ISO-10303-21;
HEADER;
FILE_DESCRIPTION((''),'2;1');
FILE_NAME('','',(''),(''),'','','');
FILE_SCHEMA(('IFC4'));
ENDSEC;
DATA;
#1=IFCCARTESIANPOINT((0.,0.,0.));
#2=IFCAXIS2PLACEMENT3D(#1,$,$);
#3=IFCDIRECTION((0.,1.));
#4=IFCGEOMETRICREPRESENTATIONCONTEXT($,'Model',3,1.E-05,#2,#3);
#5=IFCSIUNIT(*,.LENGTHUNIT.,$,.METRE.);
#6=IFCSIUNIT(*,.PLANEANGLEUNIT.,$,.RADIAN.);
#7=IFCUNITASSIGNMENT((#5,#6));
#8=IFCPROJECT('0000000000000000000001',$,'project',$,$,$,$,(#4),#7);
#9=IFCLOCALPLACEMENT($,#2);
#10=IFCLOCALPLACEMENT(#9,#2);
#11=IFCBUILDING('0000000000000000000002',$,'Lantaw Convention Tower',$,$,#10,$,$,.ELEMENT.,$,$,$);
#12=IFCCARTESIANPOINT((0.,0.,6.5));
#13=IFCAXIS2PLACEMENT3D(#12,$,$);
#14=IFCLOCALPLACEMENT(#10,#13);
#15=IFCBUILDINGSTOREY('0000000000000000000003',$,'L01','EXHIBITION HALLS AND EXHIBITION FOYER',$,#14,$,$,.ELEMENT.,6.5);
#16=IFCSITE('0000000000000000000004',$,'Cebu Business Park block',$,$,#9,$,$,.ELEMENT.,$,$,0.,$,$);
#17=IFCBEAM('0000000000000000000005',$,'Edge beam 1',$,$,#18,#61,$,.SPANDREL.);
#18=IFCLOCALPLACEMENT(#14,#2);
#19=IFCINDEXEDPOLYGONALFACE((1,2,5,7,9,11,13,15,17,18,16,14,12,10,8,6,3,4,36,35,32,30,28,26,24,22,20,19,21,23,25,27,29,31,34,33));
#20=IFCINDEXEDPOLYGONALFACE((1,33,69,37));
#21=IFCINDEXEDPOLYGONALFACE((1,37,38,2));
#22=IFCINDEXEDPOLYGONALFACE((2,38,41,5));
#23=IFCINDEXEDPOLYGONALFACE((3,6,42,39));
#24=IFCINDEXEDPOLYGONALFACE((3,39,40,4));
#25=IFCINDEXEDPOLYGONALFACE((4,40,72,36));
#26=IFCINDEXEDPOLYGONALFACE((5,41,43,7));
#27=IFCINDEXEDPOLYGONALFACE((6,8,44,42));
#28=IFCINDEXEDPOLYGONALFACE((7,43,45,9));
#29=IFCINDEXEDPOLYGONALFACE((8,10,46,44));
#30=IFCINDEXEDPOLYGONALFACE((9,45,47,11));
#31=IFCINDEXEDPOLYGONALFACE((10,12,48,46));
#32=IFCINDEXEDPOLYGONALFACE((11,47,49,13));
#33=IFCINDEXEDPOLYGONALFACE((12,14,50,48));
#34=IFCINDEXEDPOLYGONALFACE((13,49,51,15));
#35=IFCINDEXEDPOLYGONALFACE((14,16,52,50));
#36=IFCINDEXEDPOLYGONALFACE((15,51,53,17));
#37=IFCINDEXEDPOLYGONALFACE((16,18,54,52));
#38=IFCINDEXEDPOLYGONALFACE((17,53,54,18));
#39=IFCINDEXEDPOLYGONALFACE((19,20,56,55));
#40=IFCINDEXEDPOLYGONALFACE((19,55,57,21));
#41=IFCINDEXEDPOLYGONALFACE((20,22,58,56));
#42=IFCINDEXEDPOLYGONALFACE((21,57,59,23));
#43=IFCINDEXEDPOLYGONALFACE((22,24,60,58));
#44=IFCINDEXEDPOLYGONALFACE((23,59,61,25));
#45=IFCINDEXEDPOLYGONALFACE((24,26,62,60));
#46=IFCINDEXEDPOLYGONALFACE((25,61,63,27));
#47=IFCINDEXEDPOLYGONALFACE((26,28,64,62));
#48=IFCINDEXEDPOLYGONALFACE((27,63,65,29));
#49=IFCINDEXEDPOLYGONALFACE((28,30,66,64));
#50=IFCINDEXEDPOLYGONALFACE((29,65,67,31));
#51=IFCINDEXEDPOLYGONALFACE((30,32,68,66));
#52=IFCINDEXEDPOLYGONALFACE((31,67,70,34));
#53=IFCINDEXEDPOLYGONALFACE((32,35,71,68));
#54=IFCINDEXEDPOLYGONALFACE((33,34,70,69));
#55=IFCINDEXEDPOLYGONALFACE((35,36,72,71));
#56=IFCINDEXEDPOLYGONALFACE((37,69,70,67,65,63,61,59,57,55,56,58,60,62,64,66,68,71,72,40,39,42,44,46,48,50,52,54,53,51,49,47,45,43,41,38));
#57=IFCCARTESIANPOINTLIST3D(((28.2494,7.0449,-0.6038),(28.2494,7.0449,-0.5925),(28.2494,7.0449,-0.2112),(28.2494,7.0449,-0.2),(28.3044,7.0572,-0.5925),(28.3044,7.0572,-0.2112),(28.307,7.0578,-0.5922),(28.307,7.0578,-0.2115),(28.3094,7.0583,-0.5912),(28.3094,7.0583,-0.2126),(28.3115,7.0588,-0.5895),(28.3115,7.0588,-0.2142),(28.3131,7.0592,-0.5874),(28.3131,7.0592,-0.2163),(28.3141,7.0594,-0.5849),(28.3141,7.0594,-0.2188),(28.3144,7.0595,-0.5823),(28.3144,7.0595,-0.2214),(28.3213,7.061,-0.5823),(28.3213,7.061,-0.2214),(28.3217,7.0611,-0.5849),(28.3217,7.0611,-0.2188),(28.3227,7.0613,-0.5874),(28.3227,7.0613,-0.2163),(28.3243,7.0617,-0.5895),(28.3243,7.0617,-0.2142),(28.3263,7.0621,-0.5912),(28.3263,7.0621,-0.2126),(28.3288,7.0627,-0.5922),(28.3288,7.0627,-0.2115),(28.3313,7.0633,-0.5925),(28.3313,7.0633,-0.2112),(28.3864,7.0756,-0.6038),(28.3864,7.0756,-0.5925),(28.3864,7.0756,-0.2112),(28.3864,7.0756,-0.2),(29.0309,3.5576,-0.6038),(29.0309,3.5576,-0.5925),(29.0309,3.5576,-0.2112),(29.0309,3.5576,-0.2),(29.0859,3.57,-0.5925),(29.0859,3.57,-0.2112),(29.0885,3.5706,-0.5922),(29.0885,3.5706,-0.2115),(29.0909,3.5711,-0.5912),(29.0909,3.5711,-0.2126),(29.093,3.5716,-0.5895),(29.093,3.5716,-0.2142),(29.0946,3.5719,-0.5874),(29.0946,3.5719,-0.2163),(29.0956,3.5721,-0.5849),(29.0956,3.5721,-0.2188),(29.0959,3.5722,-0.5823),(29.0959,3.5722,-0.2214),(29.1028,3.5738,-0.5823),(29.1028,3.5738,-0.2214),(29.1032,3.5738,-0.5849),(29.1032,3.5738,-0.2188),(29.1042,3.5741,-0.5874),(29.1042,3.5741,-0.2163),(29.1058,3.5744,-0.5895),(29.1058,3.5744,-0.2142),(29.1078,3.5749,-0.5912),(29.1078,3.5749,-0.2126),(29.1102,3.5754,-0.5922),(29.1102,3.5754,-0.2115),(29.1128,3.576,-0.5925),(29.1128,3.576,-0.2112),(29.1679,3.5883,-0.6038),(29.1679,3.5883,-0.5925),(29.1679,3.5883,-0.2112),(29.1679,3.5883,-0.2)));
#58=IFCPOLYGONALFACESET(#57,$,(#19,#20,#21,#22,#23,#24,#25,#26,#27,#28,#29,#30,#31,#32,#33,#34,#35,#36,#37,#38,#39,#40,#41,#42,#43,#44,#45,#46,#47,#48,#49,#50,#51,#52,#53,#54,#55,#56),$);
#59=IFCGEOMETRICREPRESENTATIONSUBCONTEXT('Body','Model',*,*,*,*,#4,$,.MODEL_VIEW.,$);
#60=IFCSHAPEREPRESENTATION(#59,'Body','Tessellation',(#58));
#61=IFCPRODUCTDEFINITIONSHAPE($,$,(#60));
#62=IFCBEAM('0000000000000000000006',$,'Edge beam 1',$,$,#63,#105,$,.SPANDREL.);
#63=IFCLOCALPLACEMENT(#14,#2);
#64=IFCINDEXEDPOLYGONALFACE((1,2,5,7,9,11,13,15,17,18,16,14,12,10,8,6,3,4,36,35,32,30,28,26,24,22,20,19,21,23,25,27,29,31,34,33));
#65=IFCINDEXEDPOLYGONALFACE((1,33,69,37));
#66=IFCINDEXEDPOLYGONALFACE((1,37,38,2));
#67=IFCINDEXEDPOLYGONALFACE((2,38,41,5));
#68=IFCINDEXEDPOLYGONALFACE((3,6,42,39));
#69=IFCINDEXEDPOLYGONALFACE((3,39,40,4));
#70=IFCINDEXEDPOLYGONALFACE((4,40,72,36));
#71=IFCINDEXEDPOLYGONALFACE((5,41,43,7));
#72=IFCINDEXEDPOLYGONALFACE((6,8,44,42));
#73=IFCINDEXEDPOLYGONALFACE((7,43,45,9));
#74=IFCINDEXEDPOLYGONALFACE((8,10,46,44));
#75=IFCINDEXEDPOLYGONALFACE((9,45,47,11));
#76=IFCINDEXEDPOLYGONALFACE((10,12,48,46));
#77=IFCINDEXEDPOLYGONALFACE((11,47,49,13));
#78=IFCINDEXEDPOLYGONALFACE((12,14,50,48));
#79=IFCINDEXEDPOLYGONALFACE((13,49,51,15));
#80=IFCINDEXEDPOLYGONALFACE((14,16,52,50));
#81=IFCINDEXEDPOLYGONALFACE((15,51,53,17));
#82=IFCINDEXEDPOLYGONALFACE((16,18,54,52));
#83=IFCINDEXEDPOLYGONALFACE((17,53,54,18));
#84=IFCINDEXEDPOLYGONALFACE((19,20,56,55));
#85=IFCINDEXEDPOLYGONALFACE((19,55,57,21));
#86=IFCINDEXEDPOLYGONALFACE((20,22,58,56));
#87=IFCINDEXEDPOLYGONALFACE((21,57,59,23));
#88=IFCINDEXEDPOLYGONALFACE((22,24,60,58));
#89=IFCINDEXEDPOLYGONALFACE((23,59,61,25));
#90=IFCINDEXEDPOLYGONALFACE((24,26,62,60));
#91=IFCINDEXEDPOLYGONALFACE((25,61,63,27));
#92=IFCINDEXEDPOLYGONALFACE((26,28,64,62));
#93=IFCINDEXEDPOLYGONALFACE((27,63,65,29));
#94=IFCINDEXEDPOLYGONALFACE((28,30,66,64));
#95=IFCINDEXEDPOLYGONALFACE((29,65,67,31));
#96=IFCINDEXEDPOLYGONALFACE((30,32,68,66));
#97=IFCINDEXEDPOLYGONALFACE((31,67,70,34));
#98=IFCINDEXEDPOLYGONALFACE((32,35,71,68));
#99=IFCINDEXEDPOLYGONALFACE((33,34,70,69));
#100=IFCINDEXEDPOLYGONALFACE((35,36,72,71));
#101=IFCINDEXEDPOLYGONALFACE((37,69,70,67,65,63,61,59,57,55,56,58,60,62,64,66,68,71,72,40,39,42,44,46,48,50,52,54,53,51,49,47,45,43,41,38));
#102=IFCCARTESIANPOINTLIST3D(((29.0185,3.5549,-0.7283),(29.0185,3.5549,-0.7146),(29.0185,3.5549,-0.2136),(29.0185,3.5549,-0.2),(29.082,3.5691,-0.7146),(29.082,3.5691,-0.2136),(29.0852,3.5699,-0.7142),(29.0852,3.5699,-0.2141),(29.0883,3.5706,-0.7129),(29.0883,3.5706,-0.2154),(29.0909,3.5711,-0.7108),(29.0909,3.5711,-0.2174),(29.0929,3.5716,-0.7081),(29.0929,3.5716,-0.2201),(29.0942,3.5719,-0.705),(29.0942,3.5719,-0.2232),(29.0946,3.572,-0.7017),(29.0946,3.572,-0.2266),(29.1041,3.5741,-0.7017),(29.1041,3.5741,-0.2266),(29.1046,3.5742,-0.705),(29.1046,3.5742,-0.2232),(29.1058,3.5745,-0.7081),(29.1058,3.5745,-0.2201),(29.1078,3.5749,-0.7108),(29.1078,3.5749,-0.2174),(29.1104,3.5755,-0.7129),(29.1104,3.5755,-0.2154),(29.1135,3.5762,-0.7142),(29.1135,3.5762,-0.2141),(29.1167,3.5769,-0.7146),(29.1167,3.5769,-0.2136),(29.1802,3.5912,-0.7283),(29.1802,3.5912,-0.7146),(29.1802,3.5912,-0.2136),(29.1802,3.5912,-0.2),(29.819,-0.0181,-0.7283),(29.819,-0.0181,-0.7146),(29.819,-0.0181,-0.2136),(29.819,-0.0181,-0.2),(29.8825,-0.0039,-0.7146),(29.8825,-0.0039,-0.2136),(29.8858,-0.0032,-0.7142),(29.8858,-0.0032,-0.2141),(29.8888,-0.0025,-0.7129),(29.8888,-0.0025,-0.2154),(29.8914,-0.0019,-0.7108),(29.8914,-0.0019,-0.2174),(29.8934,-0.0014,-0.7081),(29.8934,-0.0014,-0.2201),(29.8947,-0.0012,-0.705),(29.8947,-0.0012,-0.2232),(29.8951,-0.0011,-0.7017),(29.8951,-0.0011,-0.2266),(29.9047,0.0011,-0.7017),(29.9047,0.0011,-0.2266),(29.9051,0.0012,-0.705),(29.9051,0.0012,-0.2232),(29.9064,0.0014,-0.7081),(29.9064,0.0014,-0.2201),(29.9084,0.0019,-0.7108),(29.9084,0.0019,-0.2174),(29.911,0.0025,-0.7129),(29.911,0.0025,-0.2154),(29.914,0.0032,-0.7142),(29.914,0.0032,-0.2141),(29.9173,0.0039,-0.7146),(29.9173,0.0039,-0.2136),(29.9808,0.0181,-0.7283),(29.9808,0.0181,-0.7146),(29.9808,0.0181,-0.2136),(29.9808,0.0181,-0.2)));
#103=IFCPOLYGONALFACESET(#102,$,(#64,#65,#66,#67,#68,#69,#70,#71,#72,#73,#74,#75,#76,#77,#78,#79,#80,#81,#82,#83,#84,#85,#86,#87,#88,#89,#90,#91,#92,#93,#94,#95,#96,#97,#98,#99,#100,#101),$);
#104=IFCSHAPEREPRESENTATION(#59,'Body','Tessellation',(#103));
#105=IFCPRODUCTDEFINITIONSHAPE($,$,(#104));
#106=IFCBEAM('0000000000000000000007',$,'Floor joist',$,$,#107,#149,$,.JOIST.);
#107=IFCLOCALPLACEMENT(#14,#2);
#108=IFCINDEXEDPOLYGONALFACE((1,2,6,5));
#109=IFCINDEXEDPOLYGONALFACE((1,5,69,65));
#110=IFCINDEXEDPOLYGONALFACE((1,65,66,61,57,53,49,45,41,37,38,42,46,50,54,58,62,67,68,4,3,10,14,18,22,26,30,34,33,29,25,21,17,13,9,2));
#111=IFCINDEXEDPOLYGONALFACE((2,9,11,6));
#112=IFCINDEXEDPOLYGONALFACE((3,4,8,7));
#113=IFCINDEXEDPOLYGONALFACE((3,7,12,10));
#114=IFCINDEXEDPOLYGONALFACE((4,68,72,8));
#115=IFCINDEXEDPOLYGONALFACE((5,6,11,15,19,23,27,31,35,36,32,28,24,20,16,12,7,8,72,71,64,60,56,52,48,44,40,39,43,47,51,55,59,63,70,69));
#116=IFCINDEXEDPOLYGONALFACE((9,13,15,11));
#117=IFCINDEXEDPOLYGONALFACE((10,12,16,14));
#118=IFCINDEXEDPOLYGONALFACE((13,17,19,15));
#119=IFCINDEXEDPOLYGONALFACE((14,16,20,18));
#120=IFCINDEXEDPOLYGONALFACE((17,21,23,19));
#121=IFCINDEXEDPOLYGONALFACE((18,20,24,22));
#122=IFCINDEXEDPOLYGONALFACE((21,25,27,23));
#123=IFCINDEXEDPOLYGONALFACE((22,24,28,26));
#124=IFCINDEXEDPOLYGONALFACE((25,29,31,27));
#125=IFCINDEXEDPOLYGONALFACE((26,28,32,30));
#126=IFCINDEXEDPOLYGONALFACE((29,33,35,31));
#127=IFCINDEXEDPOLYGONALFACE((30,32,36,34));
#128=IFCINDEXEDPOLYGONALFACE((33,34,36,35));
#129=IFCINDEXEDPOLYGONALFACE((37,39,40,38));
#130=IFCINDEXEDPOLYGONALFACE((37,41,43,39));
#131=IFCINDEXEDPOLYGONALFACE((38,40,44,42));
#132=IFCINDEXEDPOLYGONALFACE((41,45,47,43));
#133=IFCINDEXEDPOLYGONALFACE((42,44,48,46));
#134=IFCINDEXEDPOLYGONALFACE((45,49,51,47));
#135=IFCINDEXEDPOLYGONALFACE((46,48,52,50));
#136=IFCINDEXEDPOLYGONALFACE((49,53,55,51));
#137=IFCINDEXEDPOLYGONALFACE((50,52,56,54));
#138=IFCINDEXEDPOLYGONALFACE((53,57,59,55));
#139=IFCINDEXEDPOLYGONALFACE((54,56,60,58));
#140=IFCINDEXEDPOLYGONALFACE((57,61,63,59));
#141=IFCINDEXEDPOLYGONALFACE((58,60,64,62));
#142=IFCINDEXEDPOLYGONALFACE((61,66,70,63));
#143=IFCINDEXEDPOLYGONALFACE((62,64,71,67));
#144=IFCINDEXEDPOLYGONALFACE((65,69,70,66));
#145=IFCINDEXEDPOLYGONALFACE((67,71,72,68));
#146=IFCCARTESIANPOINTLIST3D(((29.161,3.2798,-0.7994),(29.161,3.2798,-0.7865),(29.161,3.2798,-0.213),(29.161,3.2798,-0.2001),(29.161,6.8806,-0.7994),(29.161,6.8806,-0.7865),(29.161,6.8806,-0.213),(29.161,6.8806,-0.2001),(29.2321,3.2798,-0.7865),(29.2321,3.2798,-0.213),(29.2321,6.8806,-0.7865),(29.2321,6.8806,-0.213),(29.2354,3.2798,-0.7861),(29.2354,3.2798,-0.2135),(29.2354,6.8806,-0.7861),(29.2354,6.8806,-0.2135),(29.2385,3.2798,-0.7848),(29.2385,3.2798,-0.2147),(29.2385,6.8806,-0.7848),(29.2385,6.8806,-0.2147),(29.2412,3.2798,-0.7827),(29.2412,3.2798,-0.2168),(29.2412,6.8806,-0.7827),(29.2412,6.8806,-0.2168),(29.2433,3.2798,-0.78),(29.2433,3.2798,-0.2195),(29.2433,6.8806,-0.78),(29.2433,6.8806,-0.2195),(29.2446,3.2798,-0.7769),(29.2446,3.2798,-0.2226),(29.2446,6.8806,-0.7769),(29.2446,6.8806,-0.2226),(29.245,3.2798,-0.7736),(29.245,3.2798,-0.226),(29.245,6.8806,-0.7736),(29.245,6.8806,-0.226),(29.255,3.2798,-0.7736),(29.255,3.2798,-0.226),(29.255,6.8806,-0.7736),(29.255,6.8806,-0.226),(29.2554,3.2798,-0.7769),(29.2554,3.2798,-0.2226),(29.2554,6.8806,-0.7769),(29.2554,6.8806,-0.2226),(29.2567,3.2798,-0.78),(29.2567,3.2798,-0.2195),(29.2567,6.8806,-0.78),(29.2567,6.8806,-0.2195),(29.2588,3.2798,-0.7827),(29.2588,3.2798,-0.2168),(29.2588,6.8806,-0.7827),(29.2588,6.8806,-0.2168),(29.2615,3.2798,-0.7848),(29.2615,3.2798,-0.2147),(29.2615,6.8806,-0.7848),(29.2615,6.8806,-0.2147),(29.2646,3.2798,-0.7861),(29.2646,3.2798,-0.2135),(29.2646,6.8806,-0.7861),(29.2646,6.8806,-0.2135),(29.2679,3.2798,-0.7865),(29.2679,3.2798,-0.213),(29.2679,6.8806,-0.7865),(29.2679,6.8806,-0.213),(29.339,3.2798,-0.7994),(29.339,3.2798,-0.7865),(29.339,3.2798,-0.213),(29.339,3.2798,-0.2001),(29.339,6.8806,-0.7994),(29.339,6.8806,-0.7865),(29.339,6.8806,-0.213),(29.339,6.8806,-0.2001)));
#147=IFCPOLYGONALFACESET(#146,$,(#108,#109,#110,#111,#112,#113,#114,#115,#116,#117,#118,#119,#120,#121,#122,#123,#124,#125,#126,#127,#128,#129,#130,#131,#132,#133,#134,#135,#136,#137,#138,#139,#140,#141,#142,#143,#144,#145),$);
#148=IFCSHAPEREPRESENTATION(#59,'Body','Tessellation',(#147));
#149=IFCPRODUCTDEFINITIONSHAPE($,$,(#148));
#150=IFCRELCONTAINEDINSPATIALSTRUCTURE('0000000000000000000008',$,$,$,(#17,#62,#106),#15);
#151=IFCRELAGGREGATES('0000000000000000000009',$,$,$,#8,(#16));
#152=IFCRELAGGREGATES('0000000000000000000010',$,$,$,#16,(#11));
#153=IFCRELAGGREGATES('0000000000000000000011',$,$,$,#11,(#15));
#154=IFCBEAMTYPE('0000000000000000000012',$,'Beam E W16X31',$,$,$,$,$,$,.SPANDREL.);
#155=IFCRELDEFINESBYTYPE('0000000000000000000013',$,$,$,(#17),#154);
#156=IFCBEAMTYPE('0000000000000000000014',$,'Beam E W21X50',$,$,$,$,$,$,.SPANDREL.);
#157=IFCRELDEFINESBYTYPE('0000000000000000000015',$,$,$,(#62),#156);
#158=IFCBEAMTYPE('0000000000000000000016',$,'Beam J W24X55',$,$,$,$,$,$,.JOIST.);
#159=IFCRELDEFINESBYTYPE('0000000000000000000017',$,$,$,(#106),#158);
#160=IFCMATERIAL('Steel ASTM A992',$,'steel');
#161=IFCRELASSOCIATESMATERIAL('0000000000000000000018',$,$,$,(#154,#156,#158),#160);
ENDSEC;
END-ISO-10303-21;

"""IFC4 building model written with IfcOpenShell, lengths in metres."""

from ifc_helpers import new_model, si_unit, direction, frame, origin, origin_2d, place, context, subcontext, project, spatial, i_section, extrude, material, material_profile, profile_set, type_object, element, save


model = new_model("IFC4")

# Units and contexts
model_context = context("Model", 3, precision=1e-05, world=origin(), true_north=direction((0.0, 1.0)))
body_context = subcontext(model_context, "Body", "Model", "MODEL_VIEW")
ifc_project = project(units=[si_unit("LENGTHUNIT", "METRE"), si_unit("PLANEANGLEUNIT", "RADIAN")], contexts=[model_context])

# Site, building, storey
site_placement = place(None, origin())
site = spatial("IfcSite", under=ifc_project, at=site_placement, Name="Cebu Business Park block", CompositionType="ELEMENT", RefElevation=0.0)
building_placement = place(site_placement, origin())
building = spatial("IfcBuilding", under=site, at=building_placement, Name="Lantaw Convention Tower", CompositionType="ELEMENT")
storey_placement = place(building_placement, frame((0.0, 0.0, 6.5)))
storey = spatial("IfcBuildingStorey", under=building, at=storey_placement, Name="L01", Description="EXHIBITION HALLS AND EXHIBITION FOYER", CompositionType="ELEMENT", Elevation=6.5)

# Beams
ifc_material_1 = material(Name="Steel ASTM A992", Category="steel")
ifc_material_profile_1 = material_profile(ifc_material_1, i_section(OverallWidth=0.1404, OverallDepth=0.4038, WebThickness=0.0071, FlangeThickness=0.0112, FilletRadius=0.0103, at=origin_2d()), Name="W16X31")
ifc_profile_set_1 = profile_set([ifc_material_profile_1], Name="Steel ASTM A992")
beam_type_1 = type_object("IfcBeamType", Name="Beam E W16X31", PredefinedType="SPANDREL", material=ifc_profile_set_1)
beam_1_placement = place(storey_placement, frame((29.0994, 3.573, -0.4019), z_axis=(-0.218673, 0.975798, 0.0), x_axis=(-0.975798, -0.218673, 0.0)))
element("IfcBeam", 1, at=beam_1_placement, inside=storey, type_object=beam_type_1, Name="Edge beam 1", PredefinedType="SPANDREL", context=body_context, shape_type="SweptSolid", body=[
    extrude(i_section(OverallWidth=0.1404, OverallDepth=0.4038, WebThickness=0.0071, FlangeThickness=0.0112, FilletRadius=0.0103, at=origin_2d()), origin(), (0.0, 0.0, 1.0), 3.5737),
])
ifc_material_profile_2 = material_profile(ifc_material_1, i_section(OverallWidth=0.1658, OverallDepth=0.5283, WebThickness=0.0098, FlangeThickness=0.0137, FilletRadius=0.0129, at=origin_2d()), Name="W21X50")
ifc_profile_set_2 = profile_set([ifc_material_profile_2], Name="Steel ASTM A992")
beam_type_2 = type_object("IfcBeamType", Name="Beam E W21X50", PredefinedType="SPANDREL", material=ifc_profile_set_2)
beam_2_placement = place(storey_placement, frame((29.8999, 0.0, -0.4641), z_axis=(-0.218632, 0.975807, 0.0), x_axis=(-0.975807, -0.218632, 0.0)))
element("IfcBeam", 2, at=beam_2_placement, inside=storey, type_object=beam_type_2, Name="Edge beam 1", PredefinedType="SPANDREL", context=body_context, shape_type="SweptSolid", body=[
    extrude(i_section(OverallWidth=0.1658, OverallDepth=0.5283, WebThickness=0.0098, FlangeThickness=0.0137, FilletRadius=0.0129, at=origin_2d()), origin(), (0.0, 0.0, 1.0), 3.6616),
])
ifc_material_profile_3 = material_profile(ifc_material_1, i_section(OverallWidth=0.178, OverallDepth=0.5994, WebThickness=0.01, FlangeThickness=0.0129, FilletRadius=0.0129, at=origin_2d()), Name="W24X55")
ifc_profile_set_3 = profile_set([ifc_material_profile_3], Name="Steel ASTM A992")
beam_type_3 = type_object("IfcBeamType", Name="Beam J W24X55", PredefinedType="JOIST", material=ifc_profile_set_3)
beam_3_placement = place(storey_placement, frame((29.25, 3.2798, -0.4998), z_axis=(0.0, 1.0, 0.0), x_axis=(-1.0, 0.0, 0.0)))
element("IfcBeam", 3, at=beam_3_placement, inside=storey, type_object=beam_type_3, Name="Floor joist", PredefinedType="JOIST", context=body_context, shape_type="SweptSolid", body=[
    extrude(i_section(OverallWidth=0.178, OverallDepth=0.5994, WebThickness=0.01, FlangeThickness=0.0129, FilletRadius=0.0129, at=origin_2d()), origin(), (0.0, 0.0, 1.0), 3.6008),
])

save(model, "model.ifc")
